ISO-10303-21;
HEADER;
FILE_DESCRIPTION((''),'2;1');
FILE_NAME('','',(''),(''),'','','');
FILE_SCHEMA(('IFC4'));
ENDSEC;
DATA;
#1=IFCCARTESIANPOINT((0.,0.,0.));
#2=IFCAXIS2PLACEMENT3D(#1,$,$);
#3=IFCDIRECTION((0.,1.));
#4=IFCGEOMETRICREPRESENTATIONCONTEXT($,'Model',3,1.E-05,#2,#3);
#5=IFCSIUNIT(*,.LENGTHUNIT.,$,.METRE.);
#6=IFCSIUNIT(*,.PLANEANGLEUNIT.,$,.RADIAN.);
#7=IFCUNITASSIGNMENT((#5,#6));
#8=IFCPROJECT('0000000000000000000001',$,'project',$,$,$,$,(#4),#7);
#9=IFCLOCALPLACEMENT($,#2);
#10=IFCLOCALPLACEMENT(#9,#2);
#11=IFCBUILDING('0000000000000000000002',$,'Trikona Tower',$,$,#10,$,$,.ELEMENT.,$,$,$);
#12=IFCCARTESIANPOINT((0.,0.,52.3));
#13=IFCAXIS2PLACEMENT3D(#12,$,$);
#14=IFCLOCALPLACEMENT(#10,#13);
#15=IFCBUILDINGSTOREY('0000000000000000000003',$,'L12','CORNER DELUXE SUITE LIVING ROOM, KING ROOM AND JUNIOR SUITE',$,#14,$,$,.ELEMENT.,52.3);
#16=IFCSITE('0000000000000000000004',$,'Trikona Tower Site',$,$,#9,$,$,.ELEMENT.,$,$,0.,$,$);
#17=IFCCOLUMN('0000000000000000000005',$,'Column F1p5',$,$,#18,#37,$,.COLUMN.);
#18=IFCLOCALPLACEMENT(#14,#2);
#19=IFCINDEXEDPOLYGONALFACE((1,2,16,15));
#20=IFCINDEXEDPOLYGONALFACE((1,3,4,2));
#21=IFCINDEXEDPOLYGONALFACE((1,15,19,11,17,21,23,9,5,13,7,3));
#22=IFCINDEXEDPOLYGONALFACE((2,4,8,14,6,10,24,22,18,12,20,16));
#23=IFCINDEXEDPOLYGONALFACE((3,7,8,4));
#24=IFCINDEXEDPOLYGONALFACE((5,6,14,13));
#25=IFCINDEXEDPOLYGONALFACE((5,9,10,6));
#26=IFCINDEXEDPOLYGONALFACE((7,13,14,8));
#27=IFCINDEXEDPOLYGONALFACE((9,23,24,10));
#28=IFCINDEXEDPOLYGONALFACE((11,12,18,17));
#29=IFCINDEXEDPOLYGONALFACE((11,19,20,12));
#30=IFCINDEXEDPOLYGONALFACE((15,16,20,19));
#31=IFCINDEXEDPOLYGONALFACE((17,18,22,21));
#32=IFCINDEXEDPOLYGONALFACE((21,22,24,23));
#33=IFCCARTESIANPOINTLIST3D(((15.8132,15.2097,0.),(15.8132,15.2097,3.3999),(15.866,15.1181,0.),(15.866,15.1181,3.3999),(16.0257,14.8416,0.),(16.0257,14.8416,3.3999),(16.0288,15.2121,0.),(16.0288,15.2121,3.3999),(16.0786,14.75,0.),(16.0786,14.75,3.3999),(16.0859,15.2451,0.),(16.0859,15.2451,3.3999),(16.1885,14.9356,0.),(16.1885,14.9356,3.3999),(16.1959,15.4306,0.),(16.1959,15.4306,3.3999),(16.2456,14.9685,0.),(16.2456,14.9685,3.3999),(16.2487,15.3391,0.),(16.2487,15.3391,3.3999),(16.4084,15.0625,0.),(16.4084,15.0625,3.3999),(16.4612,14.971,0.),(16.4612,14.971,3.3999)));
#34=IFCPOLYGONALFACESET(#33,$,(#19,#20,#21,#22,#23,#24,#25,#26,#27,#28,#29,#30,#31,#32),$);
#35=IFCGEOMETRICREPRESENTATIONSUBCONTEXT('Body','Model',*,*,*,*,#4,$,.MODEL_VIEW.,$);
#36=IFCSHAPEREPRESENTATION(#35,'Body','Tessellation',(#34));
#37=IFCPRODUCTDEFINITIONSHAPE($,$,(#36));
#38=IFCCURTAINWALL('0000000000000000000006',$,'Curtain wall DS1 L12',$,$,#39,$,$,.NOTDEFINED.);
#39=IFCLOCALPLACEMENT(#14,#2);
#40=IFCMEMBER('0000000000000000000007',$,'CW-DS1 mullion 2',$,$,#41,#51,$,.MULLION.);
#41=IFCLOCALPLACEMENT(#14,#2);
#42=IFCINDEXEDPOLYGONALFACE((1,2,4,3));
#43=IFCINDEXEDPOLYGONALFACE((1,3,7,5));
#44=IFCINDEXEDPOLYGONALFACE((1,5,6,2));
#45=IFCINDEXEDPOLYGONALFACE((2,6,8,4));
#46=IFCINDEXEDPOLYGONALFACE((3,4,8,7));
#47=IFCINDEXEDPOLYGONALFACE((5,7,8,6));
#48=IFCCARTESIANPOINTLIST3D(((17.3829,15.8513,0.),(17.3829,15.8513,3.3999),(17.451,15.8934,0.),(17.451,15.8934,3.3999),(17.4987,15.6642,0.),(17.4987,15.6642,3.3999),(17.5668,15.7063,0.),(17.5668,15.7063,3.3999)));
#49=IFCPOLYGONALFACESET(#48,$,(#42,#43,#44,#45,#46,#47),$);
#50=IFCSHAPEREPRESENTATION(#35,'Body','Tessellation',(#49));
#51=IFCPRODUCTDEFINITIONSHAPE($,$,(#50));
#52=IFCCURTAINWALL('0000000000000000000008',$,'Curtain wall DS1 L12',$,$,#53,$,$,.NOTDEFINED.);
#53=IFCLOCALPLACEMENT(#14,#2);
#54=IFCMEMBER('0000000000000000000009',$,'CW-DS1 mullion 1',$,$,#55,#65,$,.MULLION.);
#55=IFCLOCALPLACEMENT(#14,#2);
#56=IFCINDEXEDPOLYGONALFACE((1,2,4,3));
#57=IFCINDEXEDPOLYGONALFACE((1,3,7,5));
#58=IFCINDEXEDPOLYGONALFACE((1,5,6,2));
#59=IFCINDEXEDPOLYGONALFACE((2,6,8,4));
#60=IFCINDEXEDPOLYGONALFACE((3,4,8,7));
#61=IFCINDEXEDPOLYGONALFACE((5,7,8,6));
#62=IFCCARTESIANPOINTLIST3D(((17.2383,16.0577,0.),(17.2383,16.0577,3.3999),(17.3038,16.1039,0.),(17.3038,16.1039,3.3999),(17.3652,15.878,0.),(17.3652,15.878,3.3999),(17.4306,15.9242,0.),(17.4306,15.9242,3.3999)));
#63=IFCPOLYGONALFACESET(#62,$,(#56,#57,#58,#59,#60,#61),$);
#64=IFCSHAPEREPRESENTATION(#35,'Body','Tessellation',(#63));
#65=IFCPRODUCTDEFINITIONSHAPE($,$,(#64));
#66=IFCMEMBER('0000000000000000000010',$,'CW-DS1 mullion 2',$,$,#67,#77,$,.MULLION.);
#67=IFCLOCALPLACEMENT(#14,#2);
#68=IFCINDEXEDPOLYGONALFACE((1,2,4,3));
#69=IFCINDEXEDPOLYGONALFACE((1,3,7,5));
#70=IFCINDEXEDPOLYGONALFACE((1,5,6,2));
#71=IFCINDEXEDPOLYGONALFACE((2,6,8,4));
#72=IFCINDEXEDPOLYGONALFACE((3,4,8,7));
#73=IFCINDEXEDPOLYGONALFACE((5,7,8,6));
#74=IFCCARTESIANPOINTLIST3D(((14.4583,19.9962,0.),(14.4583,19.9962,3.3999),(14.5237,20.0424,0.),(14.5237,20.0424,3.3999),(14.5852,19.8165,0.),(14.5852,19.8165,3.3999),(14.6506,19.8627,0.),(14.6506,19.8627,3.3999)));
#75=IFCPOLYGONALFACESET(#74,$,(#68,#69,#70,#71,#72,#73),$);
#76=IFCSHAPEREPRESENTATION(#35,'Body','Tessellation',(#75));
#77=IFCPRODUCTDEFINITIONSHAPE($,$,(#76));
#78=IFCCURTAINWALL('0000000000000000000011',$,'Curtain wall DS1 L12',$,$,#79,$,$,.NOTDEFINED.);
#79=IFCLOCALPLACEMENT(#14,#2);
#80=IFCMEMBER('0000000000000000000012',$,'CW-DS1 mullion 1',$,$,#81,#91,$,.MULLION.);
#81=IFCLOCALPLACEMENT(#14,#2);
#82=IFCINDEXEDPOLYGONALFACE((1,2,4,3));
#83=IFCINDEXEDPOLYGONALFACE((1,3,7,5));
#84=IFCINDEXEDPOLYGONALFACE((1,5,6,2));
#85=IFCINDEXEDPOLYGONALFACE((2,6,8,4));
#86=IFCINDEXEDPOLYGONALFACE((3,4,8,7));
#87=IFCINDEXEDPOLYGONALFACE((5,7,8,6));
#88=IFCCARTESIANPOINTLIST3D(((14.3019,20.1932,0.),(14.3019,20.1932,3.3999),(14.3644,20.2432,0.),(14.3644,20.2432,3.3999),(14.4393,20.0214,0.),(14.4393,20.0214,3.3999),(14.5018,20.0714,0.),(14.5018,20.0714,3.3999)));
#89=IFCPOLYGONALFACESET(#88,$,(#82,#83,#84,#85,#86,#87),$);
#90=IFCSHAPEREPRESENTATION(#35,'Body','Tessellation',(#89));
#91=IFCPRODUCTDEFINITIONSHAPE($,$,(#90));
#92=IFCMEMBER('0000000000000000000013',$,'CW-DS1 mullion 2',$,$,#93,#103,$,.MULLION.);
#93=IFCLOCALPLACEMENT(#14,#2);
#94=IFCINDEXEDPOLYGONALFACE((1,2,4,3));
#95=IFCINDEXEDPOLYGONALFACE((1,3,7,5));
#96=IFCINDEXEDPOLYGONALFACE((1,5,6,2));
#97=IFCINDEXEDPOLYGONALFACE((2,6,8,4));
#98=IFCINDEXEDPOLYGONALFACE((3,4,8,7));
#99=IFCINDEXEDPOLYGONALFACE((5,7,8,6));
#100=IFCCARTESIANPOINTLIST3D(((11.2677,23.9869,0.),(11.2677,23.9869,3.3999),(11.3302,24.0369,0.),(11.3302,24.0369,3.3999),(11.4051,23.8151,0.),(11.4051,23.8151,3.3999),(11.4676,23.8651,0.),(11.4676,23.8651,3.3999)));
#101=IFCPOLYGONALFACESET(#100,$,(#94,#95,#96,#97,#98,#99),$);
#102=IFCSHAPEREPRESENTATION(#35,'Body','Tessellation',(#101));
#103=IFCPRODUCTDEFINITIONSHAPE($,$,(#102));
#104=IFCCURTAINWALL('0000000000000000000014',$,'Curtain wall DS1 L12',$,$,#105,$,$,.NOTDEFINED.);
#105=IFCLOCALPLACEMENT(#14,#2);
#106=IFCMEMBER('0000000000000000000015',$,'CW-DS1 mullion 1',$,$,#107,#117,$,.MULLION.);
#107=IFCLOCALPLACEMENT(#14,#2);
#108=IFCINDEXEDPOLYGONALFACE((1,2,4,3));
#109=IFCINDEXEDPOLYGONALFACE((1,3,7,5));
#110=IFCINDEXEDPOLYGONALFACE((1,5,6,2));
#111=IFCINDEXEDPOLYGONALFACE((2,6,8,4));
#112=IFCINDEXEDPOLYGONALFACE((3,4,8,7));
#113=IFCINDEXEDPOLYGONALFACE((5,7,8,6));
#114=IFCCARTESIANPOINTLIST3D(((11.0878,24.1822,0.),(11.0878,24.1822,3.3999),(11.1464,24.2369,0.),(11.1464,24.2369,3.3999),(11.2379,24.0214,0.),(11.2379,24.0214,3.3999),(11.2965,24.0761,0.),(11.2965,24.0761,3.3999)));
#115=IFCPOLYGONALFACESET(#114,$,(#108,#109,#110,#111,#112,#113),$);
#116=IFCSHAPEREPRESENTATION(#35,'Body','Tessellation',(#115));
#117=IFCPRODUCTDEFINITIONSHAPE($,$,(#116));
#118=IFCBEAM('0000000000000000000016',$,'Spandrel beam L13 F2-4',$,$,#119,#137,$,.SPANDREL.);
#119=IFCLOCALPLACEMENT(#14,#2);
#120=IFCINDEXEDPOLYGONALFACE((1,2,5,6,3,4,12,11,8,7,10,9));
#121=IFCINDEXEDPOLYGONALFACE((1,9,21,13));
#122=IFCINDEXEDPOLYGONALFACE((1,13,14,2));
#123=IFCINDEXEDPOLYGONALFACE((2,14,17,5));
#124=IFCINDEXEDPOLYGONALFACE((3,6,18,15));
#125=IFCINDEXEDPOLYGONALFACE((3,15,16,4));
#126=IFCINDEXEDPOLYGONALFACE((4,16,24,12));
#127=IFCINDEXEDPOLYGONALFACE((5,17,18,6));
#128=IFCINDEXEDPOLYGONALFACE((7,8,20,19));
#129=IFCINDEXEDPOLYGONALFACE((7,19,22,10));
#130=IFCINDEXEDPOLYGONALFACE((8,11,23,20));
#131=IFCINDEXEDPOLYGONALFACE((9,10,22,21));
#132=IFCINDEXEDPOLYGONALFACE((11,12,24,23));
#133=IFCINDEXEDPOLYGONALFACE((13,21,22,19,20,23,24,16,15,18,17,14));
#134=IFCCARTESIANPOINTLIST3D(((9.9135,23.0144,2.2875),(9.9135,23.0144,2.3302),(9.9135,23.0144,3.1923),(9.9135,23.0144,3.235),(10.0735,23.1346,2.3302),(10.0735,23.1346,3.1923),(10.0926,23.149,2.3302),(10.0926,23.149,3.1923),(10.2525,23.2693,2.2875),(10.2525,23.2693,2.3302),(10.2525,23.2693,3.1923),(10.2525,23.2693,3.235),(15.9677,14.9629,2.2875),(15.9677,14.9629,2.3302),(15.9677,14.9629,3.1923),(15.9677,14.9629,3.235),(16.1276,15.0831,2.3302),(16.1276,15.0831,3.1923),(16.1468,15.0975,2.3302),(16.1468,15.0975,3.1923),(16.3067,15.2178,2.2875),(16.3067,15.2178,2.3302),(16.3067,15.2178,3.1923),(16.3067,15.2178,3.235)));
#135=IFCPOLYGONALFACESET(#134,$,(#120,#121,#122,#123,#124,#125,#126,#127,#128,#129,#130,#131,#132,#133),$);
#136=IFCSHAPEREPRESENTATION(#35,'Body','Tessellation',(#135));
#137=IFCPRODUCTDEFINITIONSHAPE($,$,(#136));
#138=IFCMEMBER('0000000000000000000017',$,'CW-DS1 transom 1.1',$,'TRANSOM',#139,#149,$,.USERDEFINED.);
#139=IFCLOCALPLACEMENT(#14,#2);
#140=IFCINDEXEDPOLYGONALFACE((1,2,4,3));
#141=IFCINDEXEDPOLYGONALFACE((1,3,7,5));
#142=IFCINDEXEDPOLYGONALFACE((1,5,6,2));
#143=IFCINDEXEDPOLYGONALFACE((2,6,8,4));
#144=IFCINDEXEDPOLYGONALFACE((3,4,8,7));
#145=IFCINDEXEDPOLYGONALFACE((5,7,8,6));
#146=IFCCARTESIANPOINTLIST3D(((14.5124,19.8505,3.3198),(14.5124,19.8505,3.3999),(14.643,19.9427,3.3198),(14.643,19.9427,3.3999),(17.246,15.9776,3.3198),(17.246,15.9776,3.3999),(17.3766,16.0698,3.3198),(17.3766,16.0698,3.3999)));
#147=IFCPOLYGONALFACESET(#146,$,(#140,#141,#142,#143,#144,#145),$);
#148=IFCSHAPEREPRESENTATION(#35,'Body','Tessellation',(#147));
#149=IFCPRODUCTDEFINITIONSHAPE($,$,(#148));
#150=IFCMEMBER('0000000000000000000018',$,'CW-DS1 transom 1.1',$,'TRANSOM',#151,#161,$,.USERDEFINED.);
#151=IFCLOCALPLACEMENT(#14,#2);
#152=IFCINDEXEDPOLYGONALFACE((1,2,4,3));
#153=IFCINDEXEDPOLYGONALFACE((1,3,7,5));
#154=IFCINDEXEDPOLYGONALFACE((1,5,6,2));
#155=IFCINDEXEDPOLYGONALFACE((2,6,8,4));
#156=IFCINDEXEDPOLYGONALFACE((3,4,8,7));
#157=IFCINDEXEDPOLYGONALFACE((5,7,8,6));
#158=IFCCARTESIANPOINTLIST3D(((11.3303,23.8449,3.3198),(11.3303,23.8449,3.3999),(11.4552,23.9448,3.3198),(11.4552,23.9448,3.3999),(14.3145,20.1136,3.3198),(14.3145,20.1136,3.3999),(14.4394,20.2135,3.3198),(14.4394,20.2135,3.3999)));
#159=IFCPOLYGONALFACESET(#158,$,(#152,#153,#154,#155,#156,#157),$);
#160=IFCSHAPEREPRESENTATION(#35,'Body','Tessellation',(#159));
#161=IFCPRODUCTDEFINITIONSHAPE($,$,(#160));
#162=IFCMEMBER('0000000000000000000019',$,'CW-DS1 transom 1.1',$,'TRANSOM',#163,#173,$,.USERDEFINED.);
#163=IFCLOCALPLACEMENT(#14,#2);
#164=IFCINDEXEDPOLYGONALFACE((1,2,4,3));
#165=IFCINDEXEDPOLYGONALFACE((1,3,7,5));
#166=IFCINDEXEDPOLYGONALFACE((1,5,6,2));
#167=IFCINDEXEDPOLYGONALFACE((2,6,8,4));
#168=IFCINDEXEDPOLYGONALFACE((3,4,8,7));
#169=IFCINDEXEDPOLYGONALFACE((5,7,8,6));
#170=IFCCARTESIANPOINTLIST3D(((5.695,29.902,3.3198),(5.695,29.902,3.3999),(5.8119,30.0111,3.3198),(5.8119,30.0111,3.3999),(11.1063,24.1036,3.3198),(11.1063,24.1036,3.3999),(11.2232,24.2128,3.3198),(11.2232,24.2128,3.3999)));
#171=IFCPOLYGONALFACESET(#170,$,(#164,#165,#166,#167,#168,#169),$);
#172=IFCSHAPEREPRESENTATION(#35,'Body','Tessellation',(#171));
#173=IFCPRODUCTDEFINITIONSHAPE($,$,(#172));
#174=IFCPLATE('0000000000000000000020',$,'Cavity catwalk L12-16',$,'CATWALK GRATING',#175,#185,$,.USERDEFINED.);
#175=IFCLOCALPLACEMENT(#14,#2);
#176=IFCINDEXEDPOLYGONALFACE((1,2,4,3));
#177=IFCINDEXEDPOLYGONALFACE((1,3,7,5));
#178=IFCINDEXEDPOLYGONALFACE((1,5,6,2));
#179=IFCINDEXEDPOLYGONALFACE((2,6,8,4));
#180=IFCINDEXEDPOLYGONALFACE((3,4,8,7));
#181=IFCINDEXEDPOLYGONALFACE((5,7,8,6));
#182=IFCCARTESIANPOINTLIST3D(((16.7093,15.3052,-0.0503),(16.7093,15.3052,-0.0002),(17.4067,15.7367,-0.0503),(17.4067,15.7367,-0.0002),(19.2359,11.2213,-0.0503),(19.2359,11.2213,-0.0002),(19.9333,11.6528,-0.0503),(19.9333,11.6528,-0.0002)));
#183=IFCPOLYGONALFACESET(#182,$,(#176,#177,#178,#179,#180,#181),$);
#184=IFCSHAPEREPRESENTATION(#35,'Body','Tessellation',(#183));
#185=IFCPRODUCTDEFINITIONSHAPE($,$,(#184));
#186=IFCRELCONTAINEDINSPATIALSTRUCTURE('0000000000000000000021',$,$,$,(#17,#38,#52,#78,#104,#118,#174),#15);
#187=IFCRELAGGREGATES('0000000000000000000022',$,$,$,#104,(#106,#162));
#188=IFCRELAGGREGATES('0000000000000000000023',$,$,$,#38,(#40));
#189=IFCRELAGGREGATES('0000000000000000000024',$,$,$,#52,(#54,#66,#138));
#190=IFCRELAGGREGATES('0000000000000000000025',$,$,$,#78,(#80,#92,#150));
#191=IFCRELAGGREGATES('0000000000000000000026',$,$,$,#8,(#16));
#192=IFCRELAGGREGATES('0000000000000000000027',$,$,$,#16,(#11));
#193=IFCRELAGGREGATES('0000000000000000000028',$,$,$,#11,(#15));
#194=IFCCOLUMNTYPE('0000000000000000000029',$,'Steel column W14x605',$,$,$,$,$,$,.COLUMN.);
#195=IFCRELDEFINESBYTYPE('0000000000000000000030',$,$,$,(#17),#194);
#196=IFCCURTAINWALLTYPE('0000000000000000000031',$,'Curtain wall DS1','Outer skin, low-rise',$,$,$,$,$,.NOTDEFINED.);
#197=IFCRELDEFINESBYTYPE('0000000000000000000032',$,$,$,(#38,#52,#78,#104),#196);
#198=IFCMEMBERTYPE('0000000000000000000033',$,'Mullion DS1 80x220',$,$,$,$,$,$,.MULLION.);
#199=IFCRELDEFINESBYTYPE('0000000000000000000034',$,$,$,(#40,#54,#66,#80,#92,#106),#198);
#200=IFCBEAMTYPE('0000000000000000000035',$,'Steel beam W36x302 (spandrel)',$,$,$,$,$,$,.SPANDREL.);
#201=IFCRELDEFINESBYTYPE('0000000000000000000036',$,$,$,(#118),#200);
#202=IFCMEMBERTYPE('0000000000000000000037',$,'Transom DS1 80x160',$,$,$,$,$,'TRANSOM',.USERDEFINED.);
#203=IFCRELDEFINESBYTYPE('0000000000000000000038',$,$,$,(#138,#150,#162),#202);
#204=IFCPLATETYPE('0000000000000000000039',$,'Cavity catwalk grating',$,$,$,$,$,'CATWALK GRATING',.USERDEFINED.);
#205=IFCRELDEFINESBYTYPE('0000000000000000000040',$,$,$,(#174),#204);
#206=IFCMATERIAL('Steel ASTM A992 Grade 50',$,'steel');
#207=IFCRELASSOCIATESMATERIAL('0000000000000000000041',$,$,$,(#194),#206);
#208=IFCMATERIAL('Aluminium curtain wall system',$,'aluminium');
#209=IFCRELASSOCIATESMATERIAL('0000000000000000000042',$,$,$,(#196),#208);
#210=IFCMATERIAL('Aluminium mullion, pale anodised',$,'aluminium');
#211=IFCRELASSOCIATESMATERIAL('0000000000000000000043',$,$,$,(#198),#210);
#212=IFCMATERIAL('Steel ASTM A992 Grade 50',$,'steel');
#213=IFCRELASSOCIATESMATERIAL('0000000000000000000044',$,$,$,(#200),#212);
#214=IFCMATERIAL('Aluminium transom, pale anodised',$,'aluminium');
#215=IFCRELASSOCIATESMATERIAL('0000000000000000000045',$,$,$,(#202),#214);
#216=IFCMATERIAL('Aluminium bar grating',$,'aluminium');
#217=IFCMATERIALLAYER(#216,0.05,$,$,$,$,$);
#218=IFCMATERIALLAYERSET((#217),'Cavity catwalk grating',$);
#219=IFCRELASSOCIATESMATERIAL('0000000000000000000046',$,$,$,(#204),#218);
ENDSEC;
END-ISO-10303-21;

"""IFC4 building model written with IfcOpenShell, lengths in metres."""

from ifc_helpers import new_model, si_unit, direction, frame, origin, origin_2d, place, context, subcontext, project, spatial, rectangle, i_section, extrude, material, layer, layer_set, material_profile, profile_set, type_object, element, aggregate, save


model = new_model("IFC4")

# Units and contexts
model_context = context("Model", 3, precision=1e-05, world=origin(), true_north=direction((0.0, 1.0)))
body_context = subcontext(model_context, "Body", "Model", "MODEL_VIEW")
ifc_project = project(units=[si_unit("LENGTHUNIT", "METRE"), si_unit("PLANEANGLEUNIT", "RADIAN")], contexts=[model_context])

# Site, building, storey
site_placement = place(None, origin())
site = spatial("IfcSite", under=ifc_project, at=site_placement, Name="Trikona Tower Site", CompositionType="ELEMENT", RefElevation=0.0)
building_placement = place(site_placement, origin())
building = spatial("IfcBuilding", under=site, at=building_placement, Name="Trikona Tower", CompositionType="ELEMENT")
storey_placement = place(building_placement, frame((0.0, 0.0, 52.3)))
storey = spatial("IfcBuildingStorey", under=building, at=storey_placement, Name="L12", Description="CORNER DELUXE SUITE LIVING ROOM, KING ROOM AND JUNIOR SUITE", CompositionType="ELEMENT", Elevation=52.3)

# Column
ifc_material_1 = material(Name="Steel ASTM A992 Grade 50", Category="steel")
ifc_material_profile_1 = material_profile(ifc_material_1, i_section(OverallWidth=0.4419, OverallDepth=0.5308, WebThickness=0.0659, FlangeThickness=0.1057, at=origin_2d()), Name="W14X605")
ifc_profile_set_1 = profile_set([ifc_material_profile_1], Name="Steel ASTM A992 Grade 50")
column_type = type_object("IfcColumnType", Name="Steel column W14x605", PredefinedType="COLUMN", material=ifc_profile_set_1)
column_placement = place(storey_placement, frame((16.1372, 15.0903, 0.0), z_axis=(0.0, 0.0, 1.0), x_axis=(0.866025, 0.5, 0.0)))
element("IfcColumn", 1, at=column_placement, inside=storey, type_object=column_type, Name="Column F1p5", PredefinedType="COLUMN", context=body_context, shape_type="SweptSolid", body=[
    extrude(i_section(OverallWidth=0.4419, OverallDepth=0.5308, WebThickness=0.0659, FlangeThickness=0.1057, at=origin_2d()), origin(), (0.0, 0.0, 1.0), 3.3999),
])

# Curtain wall, member
ifc_material_2 = material(Name="Aluminium curtain wall system", Category="aluminium")
curtain_wall_type = type_object("IfcCurtainWallType", Name="Curtain wall DS1", Description="Outer skin, low-rise", PredefinedType="NOTDEFINED", material=ifc_material_2)
curtain_wall_1_placement = place(storey_placement, origin())
curtain_wall_1 = element("IfcCurtainWall", 2, at=curtain_wall_1_placement, inside=storey, type_object=curtain_wall_type, Name="Curtain wall DS1 L12", PredefinedType="NOTDEFINED")
ifc_material_3 = material(Name="Aluminium mullion, pale anodised", Category="aluminium")
ifc_material_profile_2 = material_profile(ifc_material_3, rectangle(XDim=0.0801, YDim=0.22, at=origin_2d()), Name="MUL-DS1")
ifc_profile_set_2 = profile_set([ifc_material_profile_2], Name="Aluminium mullion, pale anodised")
member_type_1 = type_object("IfcMemberType", Name="Mullion DS1 80x220", PredefinedType="MULLION", material=ifc_profile_set_2)
member_1_placement = place(storey_placement, frame((17.4749, 15.7788, 0.0), z_axis=(0.0, 0.0, 1.0), x_axis=(-0.85041, -0.52612, 0.0)))
member_1 = element("IfcMember", 3, at=member_1_placement, type_object=member_type_1, Name="CW-DS1 mullion 2", PredefinedType="MULLION", context=body_context, shape_type="SweptSolid", body=[
    extrude(rectangle(XDim=0.0801, YDim=0.22, at=origin_2d()), origin(), (0.0, 0.0, 1.0), 3.3999),
])

# Curtain walls, members
curtain_wall_2_placement = place(storey_placement, origin())
curtain_wall_2 = element("IfcCurtainWall", 4, at=curtain_wall_2_placement, inside=storey, type_object=curtain_wall_type, Name="Curtain wall DS1 L12", PredefinedType="NOTDEFINED")
member_2_placement = place(storey_placement, frame((17.3345, 15.991, 0.0), z_axis=(0.0, 0.0, 1.0), x_axis=(-0.816985, -0.576658, 0.0)))
member_2 = element("IfcMember", 5, at=member_2_placement, type_object=member_type_1, Name="CW-DS1 mullion 1", PredefinedType="MULLION", context=body_context, shape_type="SweptSolid", body=[
    extrude(rectangle(XDim=0.0801, YDim=0.22, at=origin_2d()), origin(), (0.0, 0.0, 1.0), 3.3999),
])
member_3_placement = place(storey_placement, frame((14.5544, 19.9294, 0.0), z_axis=(0.0, 0.0, 1.0), x_axis=(-0.816985, -0.576658, 0.0)))
member_3 = element("IfcMember", 6, at=member_3_placement, type_object=member_type_1, Name="CW-DS1 mullion 2", PredefinedType="MULLION", context=body_context, shape_type="SweptSolid", body=[
    extrude(rectangle(XDim=0.0801, YDim=0.22, at=origin_2d()), origin(), (0.0, 0.0, 1.0), 3.3999),
])
curtain_wall_3_placement = place(storey_placement, origin())
curtain_wall_3 = element("IfcCurtainWall", 7, at=curtain_wall_3_placement, inside=storey, type_object=curtain_wall_type, Name="Curtain wall DS1 L12", PredefinedType="NOTDEFINED")
member_4_placement = place(storey_placement, frame((14.4019, 20.1323, 0.0), z_axis=(0.0, 0.0, 1.0), x_axis=(-0.780938, -0.624609, 0.0)))
member_4 = element("IfcMember", 8, at=member_4_placement, type_object=member_type_1, Name="CW-DS1 mullion 1", PredefinedType="MULLION", context=body_context, shape_type="SweptSolid", body=[
    extrude(rectangle(XDim=0.0801, YDim=0.22, at=origin_2d()), origin(), (0.0, 0.0, 1.0), 3.3999),
])
member_5_placement = place(storey_placement, frame((11.3677, 23.926, 0.0), z_axis=(0.0, 0.0, 1.0), x_axis=(-0.780938, -0.624609, 0.0)))
member_5 = element("IfcMember", 9, at=member_5_placement, type_object=member_type_1, Name="CW-DS1 mullion 2", PredefinedType="MULLION", context=body_context, shape_type="SweptSolid", body=[
    extrude(rectangle(XDim=0.0801, YDim=0.22, at=origin_2d()), origin(), (0.0, 0.0, 1.0), 3.3999),
])

# Curtain wall, member
curtain_wall_4_placement = place(storey_placement, origin())
curtain_wall_4 = element("IfcCurtainWall", 10, at=curtain_wall_4_placement, inside=storey, type_object=curtain_wall_type, Name="Curtain wall DS1 L12", PredefinedType="NOTDEFINED")
member_6_placement = place(storey_placement, frame((11.1921, 24.1292, 0.0), z_axis=(0.0, 0.0, 1.0), x_axis=(-0.731077, -0.682295, 0.0)))
member_6 = element("IfcMember", 11, at=member_6_placement, type_object=member_type_1, Name="CW-DS1 mullion 1", PredefinedType="MULLION", context=body_context, shape_type="SweptSolid", body=[
    extrude(rectangle(XDim=0.0801, YDim=0.22, at=origin_2d()), origin(), (0.0, 0.0, 1.0), 3.3999),
])

# Beam
ifc_material_4 = material(Name="Steel ASTM A992 Grade 50", Category="steel")
ifc_material_profile_3 = material_profile(ifc_material_4, i_section(OverallWidth=0.4241, OverallDepth=0.9475, WebThickness=0.0239, FlangeThickness=0.0427, at=origin_2d()), Name="W36X302")
ifc_profile_set_3 = profile_set([ifc_material_profile_3], Name="Steel ASTM A992 Grade 50")
beam_type = type_object("IfcBeamType", Name="Steel beam W36x302 (spandrel)", PredefinedType="SPANDREL", material=ifc_profile_set_3)
beam_placement = place(storey_placement, frame((16.1372, 15.0903, 2.7612), z_axis=(-0.600988, 0.799258, 0.0), x_axis=(-0.799258, -0.600988, 0.0)))
element("IfcBeam", 12, at=beam_placement, inside=storey, type_object=beam_type, Name="Spandrel beam L13 F2-4", PredefinedType="SPANDREL", context=body_context, shape_type="SweptSolid", body=[
    extrude(i_section(OverallWidth=0.4241, OverallDepth=0.9475, WebThickness=0.0239, FlangeThickness=0.0427, at=origin_2d()), origin(), (0.0, 0.0, 1.0), 10.0737),
])

# Members
ifc_material_5 = material(Name="Aluminium transom, pale anodised", Category="aluminium")
ifc_material_profile_4 = material_profile(ifc_material_5, rectangle(XDim=0.1599, YDim=0.0801, at=origin_2d()), Name="TRN-DS1")
ifc_profile_set_4 = profile_set([ifc_material_profile_4], Name="Aluminium transom, pale anodised")
member_type_2 = type_object("IfcMemberType", Name="Transom DS1 80x160", ElementType="TRANSOM", PredefinedType="USERDEFINED", material=ifc_profile_set_4)
member_7_placement = place(storey_placement, frame((17.3113, 16.0237, 3.3599), z_axis=(-0.576645, 0.816995, 0.0), x_axis=(-0.816995, -0.576645, 0.0)))
member_7 = element("IfcMember", 13, at=member_7_placement, type_object=member_type_2, Name="CW-DS1 transom 1.1", ObjectType="TRANSOM", PredefinedType="USERDEFINED", context=body_context, shape_type="SweptSolid", body=[
    extrude(rectangle(XDim=0.1599, YDim=0.0801, at=origin_2d()), origin(), (0.0, 0.0, 1.0), 4.7405),
])
member_8_placement = place(storey_placement, frame((14.377, 20.1636, 3.3599), z_axis=(-0.624589, 0.780954, 0.0), x_axis=(-0.780954, -0.624589, 0.0)))
member_8 = element("IfcMember", 14, at=member_8_placement, type_object=member_type_2, Name="CW-DS1 transom 1.1", ObjectType="TRANSOM", PredefinedType="USERDEFINED", context=body_context, shape_type="SweptSolid", body=[
    extrude(rectangle(XDim=0.1599, YDim=0.0801, at=origin_2d()), origin(), (0.0, 0.0, 1.0), 4.7778),
])
member_9_placement = place(storey_placement, frame((11.1648, 24.1582, 3.3599), z_axis=(-0.682291, 0.731081, 0.0), x_axis=(-0.731081, -0.682291, 0.0)))
member_9 = element("IfcMember", 15, at=member_9_placement, type_object=member_type_2, Name="CW-DS1 transom 1.1", ObjectType="TRANSOM", PredefinedType="USERDEFINED", context=body_context, shape_type="SweptSolid", body=[
    extrude(rectangle(XDim=0.1599, YDim=0.0801, at=origin_2d()), origin(), (0.0, 0.0, 1.0), 7.9312),
])
aggregate(curtain_wall_4, [member_6, member_9])

# Plate
ifc_material_6 = material(Name="Aluminium bar grating", Category="aluminium")
ifc_layer_1 = layer(ifc_material_6, 0.05)
ifc_layer_set_1 = layer_set([ifc_layer_1], Name="Cavity catwalk grating")
plate_type_1 = type_object("IfcPlateType", Name="Cavity catwalk grating", ElementType="CATWALK GRATING", PredefinedType="USERDEFINED", material=ifc_layer_set_1)
plate_1_placement = place(storey_placement, frame((18.3213, 13.479, -0.0503), z_axis=(0.0, 0.0, 1.0), x_axis=(-0.526119, 0.850411, 0.0)))
element("IfcPlate", 16, at=plate_1_placement, inside=storey, type_object=plate_type_1, Name="Cavity catwalk L12-16", ObjectType="CATWALK GRATING", PredefinedType="USERDEFINED", context=body_context, shape_type="SweptSolid", body=[
    extrude(rectangle(XDim=4.8022, YDim=0.8201, at=origin_2d()), origin(), (0.0, 0.0, 1.0), 0.05),
])

aggregate(curtain_wall_1, [member_1])
aggregate(curtain_wall_2, [member_2, member_3, member_7])
aggregate(curtain_wall_3, [member_4, member_5, member_8])

save(model, "model.ifc")
